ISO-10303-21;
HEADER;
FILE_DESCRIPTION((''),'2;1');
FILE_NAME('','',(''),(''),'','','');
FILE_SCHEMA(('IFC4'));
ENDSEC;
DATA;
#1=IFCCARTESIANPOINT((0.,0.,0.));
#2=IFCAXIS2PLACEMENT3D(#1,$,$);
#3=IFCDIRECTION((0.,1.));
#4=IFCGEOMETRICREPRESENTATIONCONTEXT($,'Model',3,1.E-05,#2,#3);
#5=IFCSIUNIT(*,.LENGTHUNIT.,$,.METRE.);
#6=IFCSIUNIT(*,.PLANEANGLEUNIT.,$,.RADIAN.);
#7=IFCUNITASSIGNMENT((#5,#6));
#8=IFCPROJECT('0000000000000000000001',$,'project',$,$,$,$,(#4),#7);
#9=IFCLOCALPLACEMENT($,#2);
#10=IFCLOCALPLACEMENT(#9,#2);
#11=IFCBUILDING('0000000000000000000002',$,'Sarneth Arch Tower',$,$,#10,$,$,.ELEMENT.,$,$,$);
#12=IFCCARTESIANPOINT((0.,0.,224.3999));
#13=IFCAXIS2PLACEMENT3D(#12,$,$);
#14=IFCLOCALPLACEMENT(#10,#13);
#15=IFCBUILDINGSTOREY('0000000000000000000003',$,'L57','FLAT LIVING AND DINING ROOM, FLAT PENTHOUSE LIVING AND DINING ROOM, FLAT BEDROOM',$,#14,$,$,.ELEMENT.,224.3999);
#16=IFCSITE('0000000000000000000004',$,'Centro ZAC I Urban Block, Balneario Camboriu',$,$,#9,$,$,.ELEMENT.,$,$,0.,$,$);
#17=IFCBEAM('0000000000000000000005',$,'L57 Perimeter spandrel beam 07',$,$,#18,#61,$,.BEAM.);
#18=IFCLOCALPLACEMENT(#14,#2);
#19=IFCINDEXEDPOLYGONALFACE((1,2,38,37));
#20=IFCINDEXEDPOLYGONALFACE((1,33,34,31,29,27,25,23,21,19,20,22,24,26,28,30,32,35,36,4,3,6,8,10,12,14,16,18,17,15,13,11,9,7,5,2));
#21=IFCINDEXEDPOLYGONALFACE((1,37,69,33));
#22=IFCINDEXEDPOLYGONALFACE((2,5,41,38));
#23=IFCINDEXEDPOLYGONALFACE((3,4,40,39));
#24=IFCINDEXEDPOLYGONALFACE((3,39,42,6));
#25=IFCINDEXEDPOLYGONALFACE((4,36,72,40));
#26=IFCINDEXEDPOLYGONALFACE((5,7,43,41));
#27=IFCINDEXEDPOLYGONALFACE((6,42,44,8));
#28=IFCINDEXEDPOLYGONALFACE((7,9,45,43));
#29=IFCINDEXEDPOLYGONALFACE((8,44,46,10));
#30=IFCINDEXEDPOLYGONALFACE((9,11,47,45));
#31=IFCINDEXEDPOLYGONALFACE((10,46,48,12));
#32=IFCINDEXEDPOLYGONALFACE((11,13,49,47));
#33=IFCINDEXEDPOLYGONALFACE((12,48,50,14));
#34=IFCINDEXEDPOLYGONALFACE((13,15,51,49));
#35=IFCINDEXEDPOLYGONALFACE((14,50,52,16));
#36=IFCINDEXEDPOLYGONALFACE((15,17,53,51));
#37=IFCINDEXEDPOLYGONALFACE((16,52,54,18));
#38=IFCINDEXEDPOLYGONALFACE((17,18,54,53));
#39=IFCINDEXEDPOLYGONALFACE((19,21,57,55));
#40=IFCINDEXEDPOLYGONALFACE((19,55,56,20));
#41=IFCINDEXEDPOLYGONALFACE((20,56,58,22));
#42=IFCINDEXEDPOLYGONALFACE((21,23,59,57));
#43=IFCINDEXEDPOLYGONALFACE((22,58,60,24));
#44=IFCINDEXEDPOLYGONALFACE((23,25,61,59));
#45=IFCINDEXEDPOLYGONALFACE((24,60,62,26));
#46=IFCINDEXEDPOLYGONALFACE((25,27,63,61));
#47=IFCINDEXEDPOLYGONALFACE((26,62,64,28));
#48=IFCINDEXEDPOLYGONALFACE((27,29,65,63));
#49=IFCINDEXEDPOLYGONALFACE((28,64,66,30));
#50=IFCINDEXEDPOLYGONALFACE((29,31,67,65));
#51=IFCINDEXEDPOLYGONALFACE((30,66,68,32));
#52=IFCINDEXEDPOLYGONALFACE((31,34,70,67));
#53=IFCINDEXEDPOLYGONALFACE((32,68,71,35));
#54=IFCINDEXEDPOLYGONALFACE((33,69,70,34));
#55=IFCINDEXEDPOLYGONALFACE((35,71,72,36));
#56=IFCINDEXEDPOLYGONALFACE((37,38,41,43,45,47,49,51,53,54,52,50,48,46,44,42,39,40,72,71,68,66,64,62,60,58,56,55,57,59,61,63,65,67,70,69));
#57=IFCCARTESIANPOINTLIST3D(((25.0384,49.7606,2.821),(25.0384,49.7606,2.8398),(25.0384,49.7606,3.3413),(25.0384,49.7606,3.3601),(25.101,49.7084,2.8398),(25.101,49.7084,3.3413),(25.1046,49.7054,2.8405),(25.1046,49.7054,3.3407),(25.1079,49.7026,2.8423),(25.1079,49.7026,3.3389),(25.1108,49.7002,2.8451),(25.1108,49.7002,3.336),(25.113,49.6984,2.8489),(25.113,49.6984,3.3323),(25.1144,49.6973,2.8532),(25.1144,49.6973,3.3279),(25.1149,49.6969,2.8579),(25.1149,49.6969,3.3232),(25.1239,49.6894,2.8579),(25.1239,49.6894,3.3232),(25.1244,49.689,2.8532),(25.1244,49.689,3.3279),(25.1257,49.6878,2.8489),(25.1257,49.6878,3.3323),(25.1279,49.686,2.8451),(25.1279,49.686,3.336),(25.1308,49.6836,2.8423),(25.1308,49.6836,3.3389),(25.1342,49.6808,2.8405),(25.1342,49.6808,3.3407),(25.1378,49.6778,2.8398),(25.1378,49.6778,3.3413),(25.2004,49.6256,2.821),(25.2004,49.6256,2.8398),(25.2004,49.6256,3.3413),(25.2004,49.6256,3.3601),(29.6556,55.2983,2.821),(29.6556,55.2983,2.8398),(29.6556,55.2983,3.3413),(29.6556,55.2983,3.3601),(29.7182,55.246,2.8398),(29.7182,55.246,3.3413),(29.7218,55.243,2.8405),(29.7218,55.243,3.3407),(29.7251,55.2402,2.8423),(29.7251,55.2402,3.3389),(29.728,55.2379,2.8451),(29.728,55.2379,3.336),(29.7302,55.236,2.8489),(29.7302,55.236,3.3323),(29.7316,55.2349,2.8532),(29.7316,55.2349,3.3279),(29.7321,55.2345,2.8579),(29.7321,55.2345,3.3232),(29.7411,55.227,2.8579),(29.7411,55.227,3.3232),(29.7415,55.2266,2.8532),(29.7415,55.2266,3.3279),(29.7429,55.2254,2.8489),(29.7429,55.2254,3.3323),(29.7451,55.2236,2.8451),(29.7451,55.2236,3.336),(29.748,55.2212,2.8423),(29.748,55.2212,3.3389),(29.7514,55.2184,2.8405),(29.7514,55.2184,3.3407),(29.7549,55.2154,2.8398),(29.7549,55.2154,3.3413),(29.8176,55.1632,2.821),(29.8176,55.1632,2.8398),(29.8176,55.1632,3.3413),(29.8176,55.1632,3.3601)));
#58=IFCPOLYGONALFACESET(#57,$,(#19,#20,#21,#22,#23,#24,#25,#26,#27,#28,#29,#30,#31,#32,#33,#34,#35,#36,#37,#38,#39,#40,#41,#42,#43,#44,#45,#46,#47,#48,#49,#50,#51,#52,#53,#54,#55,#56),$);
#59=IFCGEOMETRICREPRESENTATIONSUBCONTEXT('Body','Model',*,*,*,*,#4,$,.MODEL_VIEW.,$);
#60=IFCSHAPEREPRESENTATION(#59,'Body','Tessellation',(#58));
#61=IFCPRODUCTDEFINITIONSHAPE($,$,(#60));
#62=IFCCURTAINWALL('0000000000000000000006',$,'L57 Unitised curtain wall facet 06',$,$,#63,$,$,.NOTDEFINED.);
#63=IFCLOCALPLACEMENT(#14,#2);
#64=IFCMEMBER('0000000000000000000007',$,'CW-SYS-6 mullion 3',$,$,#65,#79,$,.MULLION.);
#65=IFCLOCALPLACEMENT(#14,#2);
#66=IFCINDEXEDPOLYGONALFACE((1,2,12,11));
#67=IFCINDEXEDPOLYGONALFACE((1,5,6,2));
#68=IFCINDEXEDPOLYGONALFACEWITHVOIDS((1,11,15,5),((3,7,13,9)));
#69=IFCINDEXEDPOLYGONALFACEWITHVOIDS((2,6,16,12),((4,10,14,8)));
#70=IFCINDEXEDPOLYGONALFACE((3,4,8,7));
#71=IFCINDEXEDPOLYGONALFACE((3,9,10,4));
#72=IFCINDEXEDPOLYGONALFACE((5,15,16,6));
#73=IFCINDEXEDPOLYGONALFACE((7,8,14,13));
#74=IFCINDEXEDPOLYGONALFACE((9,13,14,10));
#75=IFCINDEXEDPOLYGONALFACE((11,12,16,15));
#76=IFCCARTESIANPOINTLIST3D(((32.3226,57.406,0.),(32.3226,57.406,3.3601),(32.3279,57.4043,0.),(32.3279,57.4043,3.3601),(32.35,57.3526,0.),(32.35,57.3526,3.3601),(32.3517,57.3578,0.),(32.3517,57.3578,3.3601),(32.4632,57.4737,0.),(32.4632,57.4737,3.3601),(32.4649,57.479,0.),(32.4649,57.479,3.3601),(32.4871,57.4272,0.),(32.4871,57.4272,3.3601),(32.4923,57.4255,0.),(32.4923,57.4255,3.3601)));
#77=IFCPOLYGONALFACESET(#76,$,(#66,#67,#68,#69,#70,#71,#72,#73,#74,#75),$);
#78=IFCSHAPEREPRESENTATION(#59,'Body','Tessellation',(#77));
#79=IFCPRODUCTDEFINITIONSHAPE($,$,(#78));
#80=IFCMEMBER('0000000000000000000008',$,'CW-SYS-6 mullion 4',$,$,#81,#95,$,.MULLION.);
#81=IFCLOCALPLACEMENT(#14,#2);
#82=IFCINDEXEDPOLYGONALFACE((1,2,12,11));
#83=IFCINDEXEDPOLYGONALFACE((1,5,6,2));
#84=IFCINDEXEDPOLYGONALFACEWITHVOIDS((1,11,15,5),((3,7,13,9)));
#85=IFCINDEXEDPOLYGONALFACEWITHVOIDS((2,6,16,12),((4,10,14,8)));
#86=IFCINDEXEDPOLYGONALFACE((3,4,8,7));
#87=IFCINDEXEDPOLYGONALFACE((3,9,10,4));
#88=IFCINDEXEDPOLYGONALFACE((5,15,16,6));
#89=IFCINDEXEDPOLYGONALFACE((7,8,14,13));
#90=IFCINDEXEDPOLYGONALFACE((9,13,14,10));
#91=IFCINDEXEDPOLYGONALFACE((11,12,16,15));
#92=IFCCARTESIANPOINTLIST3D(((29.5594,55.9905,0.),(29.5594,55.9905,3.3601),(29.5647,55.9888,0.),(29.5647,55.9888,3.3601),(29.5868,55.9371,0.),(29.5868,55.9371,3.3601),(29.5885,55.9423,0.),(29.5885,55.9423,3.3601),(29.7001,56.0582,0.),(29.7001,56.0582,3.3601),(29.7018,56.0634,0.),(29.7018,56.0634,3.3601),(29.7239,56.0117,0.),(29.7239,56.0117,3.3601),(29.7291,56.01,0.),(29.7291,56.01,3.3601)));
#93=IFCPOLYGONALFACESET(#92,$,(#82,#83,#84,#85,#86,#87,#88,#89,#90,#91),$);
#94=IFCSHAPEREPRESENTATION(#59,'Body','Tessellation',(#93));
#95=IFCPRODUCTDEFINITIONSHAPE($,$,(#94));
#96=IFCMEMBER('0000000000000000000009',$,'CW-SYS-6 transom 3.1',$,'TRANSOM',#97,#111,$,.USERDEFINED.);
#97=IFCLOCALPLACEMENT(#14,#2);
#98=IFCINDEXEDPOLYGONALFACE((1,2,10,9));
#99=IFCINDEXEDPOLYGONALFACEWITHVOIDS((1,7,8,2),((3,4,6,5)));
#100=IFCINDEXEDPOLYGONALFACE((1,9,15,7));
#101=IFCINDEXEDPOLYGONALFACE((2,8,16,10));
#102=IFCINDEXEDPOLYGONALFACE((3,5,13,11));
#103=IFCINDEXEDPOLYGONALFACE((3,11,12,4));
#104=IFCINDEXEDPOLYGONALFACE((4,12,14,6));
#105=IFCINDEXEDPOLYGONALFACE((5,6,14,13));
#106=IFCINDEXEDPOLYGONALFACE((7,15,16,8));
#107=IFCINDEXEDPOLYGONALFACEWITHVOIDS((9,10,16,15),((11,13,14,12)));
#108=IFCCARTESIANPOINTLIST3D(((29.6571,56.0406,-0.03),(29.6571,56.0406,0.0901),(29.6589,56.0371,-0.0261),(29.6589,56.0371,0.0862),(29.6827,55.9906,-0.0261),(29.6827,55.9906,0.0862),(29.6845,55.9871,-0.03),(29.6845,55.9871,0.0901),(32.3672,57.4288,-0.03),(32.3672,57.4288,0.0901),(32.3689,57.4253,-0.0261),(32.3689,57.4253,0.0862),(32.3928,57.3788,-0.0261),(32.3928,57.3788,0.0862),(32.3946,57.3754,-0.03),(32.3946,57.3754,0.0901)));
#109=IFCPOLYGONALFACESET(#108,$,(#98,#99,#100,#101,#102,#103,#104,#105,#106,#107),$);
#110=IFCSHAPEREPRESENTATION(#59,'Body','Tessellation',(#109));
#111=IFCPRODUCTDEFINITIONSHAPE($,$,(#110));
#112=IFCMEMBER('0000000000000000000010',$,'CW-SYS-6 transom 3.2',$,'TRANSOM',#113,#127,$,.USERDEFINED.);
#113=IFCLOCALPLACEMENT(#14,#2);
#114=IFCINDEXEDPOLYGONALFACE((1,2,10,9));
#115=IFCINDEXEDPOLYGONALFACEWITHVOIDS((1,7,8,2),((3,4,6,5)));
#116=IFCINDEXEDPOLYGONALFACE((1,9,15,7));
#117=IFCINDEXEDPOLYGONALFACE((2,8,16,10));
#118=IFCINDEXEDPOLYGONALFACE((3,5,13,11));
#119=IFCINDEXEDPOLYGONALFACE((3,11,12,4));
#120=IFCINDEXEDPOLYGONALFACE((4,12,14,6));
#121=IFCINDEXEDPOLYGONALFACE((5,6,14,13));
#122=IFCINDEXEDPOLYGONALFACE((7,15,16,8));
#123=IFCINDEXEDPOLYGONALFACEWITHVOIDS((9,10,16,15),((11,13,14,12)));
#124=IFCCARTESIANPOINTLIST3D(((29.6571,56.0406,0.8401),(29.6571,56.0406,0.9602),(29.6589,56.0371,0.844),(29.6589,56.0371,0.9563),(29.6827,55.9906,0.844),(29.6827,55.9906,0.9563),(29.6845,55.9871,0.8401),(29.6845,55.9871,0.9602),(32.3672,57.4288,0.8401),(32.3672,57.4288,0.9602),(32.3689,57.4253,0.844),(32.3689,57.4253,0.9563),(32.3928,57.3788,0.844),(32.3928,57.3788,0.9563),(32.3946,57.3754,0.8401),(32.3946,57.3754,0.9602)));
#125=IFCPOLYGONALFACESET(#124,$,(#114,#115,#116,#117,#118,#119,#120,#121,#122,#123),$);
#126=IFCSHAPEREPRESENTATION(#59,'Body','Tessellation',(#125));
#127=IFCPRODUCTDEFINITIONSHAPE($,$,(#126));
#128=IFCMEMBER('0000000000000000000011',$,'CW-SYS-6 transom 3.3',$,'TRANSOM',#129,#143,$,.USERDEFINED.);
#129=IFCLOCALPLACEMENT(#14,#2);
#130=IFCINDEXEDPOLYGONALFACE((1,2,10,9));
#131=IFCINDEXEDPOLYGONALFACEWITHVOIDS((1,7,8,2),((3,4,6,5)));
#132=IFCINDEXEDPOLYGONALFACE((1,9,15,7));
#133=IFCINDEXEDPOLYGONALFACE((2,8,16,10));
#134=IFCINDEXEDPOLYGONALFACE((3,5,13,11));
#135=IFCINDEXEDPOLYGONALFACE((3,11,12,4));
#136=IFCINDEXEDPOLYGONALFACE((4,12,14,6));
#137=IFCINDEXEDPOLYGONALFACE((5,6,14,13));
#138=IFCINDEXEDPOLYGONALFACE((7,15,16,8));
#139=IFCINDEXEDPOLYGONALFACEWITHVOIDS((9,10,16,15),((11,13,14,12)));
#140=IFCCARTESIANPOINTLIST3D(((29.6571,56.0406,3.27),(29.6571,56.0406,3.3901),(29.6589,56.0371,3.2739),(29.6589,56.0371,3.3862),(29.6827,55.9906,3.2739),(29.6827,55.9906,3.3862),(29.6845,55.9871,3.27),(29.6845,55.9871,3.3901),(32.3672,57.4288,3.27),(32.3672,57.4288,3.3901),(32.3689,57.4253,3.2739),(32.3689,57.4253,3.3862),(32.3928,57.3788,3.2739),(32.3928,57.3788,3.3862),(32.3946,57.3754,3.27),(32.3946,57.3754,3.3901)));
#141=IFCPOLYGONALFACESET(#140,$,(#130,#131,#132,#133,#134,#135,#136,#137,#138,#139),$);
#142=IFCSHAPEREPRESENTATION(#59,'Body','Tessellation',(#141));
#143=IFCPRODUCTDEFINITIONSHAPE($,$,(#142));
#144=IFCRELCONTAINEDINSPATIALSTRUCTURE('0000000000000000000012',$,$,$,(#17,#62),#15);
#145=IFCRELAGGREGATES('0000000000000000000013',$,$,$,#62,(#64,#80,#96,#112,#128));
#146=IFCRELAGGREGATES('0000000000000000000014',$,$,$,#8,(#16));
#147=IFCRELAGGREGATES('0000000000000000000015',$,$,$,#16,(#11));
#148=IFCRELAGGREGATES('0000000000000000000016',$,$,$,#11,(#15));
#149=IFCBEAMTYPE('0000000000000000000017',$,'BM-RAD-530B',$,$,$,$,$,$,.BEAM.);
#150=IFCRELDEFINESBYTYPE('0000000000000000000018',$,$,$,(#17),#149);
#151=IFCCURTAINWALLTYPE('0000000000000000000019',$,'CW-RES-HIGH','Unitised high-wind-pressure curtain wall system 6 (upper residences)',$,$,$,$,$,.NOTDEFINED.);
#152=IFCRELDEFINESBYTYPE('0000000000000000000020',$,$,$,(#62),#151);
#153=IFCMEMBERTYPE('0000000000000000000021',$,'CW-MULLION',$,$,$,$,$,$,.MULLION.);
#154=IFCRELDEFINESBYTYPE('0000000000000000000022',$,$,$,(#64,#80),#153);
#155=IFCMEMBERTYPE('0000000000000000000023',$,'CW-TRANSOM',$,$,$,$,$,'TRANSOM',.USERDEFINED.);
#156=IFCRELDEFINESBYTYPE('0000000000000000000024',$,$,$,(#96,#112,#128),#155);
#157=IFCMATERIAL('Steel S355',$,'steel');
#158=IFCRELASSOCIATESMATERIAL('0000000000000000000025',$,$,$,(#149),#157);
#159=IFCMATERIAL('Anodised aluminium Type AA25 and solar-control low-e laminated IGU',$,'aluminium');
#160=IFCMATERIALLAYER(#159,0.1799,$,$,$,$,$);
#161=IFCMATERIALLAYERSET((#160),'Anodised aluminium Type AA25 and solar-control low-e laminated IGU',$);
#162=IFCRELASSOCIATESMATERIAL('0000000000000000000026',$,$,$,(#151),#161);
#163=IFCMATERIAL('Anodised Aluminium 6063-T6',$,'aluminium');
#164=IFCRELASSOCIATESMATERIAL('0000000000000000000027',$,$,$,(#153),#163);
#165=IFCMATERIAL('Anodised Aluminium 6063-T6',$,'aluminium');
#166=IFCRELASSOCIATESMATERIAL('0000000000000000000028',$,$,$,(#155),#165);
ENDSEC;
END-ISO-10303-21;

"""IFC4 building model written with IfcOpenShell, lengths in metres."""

from ifc_helpers import new_model, si_unit, direction, frame, origin, origin_2d, place, context, subcontext, project, spatial, hollow_rectangle, i_section, extrude, material, layer, layer_set, material_profile, profile_set, type_object, element, aggregate, save


model = new_model("IFC4")

# Units and contexts
model_context = context("Model", 3, precision=1e-05, world=origin(), true_north=direction((0.0, 1.0)))
body_context = subcontext(model_context, "Body", "Model", "MODEL_VIEW")
ifc_project = project(units=[si_unit("LENGTHUNIT", "METRE"), si_unit("PLANEANGLEUNIT", "RADIAN")], contexts=[model_context])

# Site, building, storey
site_placement = place(None, origin())
site = spatial("IfcSite", under=ifc_project, at=site_placement, Name="Centro ZAC I Urban Block, Balneario Camboriu", CompositionType="ELEMENT", RefElevation=0.0)
building_placement = place(site_placement, origin())
building = spatial("IfcBuilding", under=site, at=building_placement, Name="Sarneth Arch Tower", CompositionType="ELEMENT")
storey_placement = place(building_placement, frame((0.0, 0.0, 224.3999)))
storey = spatial("IfcBuildingStorey", under=building, at=storey_placement, Name="L57", Description="FLAT LIVING AND DINING ROOM, FLAT PENTHOUSE LIVING AND DINING ROOM, FLAT BEDROOM", CompositionType="ELEMENT", Elevation=224.3999)

# Beam
ifc_material_1 = material(Name="Steel S355", Category="steel")
ifc_material_profile_1 = material_profile(ifc_material_1, i_section(OverallWidth=0.2109, OverallDepth=0.5391, WebThickness=0.0117, FlangeThickness=0.0188, FilletRadius=0.0181, at=origin_2d()), Name="W530x109")
ifc_profile_set_1 = profile_set([ifc_material_profile_1], Name="Steel S355")
beam_type = type_object("IfcBeamType", Name="BM-RAD-530B", PredefinedType="BEAM", material=ifc_profile_set_1)
beam_placement = place(storey_placement, frame((29.7366, 55.2307, 3.0906), z_axis=(-0.640391, -0.768049, 0.0), x_axis=(0.768049, -0.640391, 0.0)))
element("IfcBeam", 1, at=beam_placement, inside=storey, type_object=beam_type, Name="L57 Perimeter spandrel beam 07", PredefinedType="BEAM", context=body_context, shape_type="SweptSolid", body=[
    extrude(i_section(OverallWidth=0.2109, OverallDepth=0.5391, WebThickness=0.0117, FlangeThickness=0.0188, FilletRadius=0.0181, at=origin_2d()), origin(), (0.0, 0.0, 1.0), 7.21),
])

# Curtain wall, members
ifc_material_2 = material(Name="Anodised aluminium Type AA25 and solar-control low-e laminated IGU", Category="aluminium")
ifc_layer_1 = layer(ifc_material_2, 0.1799)
ifc_layer_set_1 = layer_set([ifc_layer_1], Name="Anodised aluminium Type AA25 and solar-control low-e laminated IGU")
curtain_wall_type = type_object("IfcCurtainWallType", Name="CW-RES-HIGH", Description="Unitised high-wind-pressure curtain wall system 6 (upper residences)", PredefinedType="NOTDEFINED", material=ifc_layer_set_1)
curtain_wall_placement = place(storey_placement, origin())
curtain_wall = element("IfcCurtainWall", 2, at=curtain_wall_placement, inside=storey, type_object=curtain_wall_type, Name="L57 Unitised curtain wall facet 06", PredefinedType="NOTDEFINED")
ifc_material_3 = material(Name="Anodised Aluminium 6063-T6", Category="aluminium")
ifc_material_profile_2 = material_profile(ifc_material_3, hollow_rectangle(XDim=0.0601, YDim=0.1599, WallThickness=0.0039, at=origin_2d()), Name="AL-MULL-160x60x4")
ifc_profile_set_2 = profile_set([ifc_material_profile_2], Name="Anodised Aluminium 6063-T6")
member_type_1 = type_object("IfcMemberType", Name="CW-MULLION", PredefinedType="MULLION", material=ifc_profile_set_2)
member_1_placement = place(storey_placement, frame((32.4075, 57.4158, 0.0), z_axis=(0.0, 0.0, 1.0), x_axis=(0.455942, -0.89001, 0.0)))
member_1 = element("IfcMember", 3, at=member_1_placement, type_object=member_type_1, Name="CW-SYS-6 mullion 3", PredefinedType="MULLION", context=body_context, shape_type="SweptSolid", body=[
    extrude(hollow_rectangle(XDim=0.0601, YDim=0.1599, WallThickness=0.0039, at=origin_2d()), origin(), (0.0, 0.0, 1.0), 3.3601),
])
member_2_placement = place(storey_placement, frame((29.6443, 56.0002, 0.0), z_axis=(0.0, 0.0, 1.0), x_axis=(0.455942, -0.89001, 0.0)))
member_2 = element("IfcMember", 4, at=member_2_placement, type_object=member_type_1, Name="CW-SYS-6 mullion 4", PredefinedType="MULLION", context=body_context, shape_type="SweptSolid", body=[
    extrude(hollow_rectangle(XDim=0.0601, YDim=0.1599, WallThickness=0.0039, at=origin_2d()), origin(), (0.0, 0.0, 1.0), 3.3601),
])
ifc_material_4 = material(Name="Anodised Aluminium 6063-T6", Category="aluminium")
ifc_material_profile_3 = material_profile(ifc_material_4, hollow_rectangle(XDim=0.0601, YDim=0.1201, WallThickness=0.0039, at=origin_2d()), Name="AL-TRAN-120x60x4")
ifc_profile_set_3 = profile_set([ifc_material_profile_3], Name="Anodised Aluminium 6063-T6")
member_type_2 = type_object("IfcMemberType", Name="CW-TRANSOM", ElementType="TRANSOM", PredefinedType="USERDEFINED", material=ifc_profile_set_3)
member_3_placement = place(storey_placement, frame((32.3809, 57.4021, 0.03), z_axis=(-0.890023, -0.455916, 0.0), x_axis=(0.455916, -0.890023, 0.0)))
member_3 = element("IfcMember", 5, at=member_3_placement, type_object=member_type_2, Name="CW-SYS-6 transom 3.1", ObjectType="TRANSOM", PredefinedType="USERDEFINED", context=body_context, shape_type="SweptSolid", body=[
    extrude(hollow_rectangle(XDim=0.0601, YDim=0.1201, WallThickness=0.0039, at=origin_2d()), origin(), (0.0, 0.0, 1.0), 3.0449),
])
member_4_placement = place(storey_placement, frame((32.3809, 57.4021, 0.9001), z_axis=(-0.890023, -0.455916, 0.0), x_axis=(0.455916, -0.890023, 0.0)))
member_4 = element("IfcMember", 6, at=member_4_placement, type_object=member_type_2, Name="CW-SYS-6 transom 3.2", ObjectType="TRANSOM", PredefinedType="USERDEFINED", context=body_context, shape_type="SweptSolid", body=[
    extrude(hollow_rectangle(XDim=0.0601, YDim=0.1201, WallThickness=0.0039, at=origin_2d()), origin(), (0.0, 0.0, 1.0), 3.0449),
])
member_5_placement = place(storey_placement, frame((32.3809, 57.4021, 3.3301), z_axis=(-0.890023, -0.455916, 0.0), x_axis=(0.455916, -0.890023, 0.0)))
member_5 = element("IfcMember", 7, at=member_5_placement, type_object=member_type_2, Name="CW-SYS-6 transom 3.3", ObjectType="TRANSOM", PredefinedType="USERDEFINED", context=body_context, shape_type="SweptSolid", body=[
    extrude(hollow_rectangle(XDim=0.0601, YDim=0.1201, WallThickness=0.0039, at=origin_2d()), origin(), (0.0, 0.0, 1.0), 3.0449),
])

aggregate(curtain_wall, [member_1, member_2, member_3, member_4, member_5])

save(model, "model.ifc")
